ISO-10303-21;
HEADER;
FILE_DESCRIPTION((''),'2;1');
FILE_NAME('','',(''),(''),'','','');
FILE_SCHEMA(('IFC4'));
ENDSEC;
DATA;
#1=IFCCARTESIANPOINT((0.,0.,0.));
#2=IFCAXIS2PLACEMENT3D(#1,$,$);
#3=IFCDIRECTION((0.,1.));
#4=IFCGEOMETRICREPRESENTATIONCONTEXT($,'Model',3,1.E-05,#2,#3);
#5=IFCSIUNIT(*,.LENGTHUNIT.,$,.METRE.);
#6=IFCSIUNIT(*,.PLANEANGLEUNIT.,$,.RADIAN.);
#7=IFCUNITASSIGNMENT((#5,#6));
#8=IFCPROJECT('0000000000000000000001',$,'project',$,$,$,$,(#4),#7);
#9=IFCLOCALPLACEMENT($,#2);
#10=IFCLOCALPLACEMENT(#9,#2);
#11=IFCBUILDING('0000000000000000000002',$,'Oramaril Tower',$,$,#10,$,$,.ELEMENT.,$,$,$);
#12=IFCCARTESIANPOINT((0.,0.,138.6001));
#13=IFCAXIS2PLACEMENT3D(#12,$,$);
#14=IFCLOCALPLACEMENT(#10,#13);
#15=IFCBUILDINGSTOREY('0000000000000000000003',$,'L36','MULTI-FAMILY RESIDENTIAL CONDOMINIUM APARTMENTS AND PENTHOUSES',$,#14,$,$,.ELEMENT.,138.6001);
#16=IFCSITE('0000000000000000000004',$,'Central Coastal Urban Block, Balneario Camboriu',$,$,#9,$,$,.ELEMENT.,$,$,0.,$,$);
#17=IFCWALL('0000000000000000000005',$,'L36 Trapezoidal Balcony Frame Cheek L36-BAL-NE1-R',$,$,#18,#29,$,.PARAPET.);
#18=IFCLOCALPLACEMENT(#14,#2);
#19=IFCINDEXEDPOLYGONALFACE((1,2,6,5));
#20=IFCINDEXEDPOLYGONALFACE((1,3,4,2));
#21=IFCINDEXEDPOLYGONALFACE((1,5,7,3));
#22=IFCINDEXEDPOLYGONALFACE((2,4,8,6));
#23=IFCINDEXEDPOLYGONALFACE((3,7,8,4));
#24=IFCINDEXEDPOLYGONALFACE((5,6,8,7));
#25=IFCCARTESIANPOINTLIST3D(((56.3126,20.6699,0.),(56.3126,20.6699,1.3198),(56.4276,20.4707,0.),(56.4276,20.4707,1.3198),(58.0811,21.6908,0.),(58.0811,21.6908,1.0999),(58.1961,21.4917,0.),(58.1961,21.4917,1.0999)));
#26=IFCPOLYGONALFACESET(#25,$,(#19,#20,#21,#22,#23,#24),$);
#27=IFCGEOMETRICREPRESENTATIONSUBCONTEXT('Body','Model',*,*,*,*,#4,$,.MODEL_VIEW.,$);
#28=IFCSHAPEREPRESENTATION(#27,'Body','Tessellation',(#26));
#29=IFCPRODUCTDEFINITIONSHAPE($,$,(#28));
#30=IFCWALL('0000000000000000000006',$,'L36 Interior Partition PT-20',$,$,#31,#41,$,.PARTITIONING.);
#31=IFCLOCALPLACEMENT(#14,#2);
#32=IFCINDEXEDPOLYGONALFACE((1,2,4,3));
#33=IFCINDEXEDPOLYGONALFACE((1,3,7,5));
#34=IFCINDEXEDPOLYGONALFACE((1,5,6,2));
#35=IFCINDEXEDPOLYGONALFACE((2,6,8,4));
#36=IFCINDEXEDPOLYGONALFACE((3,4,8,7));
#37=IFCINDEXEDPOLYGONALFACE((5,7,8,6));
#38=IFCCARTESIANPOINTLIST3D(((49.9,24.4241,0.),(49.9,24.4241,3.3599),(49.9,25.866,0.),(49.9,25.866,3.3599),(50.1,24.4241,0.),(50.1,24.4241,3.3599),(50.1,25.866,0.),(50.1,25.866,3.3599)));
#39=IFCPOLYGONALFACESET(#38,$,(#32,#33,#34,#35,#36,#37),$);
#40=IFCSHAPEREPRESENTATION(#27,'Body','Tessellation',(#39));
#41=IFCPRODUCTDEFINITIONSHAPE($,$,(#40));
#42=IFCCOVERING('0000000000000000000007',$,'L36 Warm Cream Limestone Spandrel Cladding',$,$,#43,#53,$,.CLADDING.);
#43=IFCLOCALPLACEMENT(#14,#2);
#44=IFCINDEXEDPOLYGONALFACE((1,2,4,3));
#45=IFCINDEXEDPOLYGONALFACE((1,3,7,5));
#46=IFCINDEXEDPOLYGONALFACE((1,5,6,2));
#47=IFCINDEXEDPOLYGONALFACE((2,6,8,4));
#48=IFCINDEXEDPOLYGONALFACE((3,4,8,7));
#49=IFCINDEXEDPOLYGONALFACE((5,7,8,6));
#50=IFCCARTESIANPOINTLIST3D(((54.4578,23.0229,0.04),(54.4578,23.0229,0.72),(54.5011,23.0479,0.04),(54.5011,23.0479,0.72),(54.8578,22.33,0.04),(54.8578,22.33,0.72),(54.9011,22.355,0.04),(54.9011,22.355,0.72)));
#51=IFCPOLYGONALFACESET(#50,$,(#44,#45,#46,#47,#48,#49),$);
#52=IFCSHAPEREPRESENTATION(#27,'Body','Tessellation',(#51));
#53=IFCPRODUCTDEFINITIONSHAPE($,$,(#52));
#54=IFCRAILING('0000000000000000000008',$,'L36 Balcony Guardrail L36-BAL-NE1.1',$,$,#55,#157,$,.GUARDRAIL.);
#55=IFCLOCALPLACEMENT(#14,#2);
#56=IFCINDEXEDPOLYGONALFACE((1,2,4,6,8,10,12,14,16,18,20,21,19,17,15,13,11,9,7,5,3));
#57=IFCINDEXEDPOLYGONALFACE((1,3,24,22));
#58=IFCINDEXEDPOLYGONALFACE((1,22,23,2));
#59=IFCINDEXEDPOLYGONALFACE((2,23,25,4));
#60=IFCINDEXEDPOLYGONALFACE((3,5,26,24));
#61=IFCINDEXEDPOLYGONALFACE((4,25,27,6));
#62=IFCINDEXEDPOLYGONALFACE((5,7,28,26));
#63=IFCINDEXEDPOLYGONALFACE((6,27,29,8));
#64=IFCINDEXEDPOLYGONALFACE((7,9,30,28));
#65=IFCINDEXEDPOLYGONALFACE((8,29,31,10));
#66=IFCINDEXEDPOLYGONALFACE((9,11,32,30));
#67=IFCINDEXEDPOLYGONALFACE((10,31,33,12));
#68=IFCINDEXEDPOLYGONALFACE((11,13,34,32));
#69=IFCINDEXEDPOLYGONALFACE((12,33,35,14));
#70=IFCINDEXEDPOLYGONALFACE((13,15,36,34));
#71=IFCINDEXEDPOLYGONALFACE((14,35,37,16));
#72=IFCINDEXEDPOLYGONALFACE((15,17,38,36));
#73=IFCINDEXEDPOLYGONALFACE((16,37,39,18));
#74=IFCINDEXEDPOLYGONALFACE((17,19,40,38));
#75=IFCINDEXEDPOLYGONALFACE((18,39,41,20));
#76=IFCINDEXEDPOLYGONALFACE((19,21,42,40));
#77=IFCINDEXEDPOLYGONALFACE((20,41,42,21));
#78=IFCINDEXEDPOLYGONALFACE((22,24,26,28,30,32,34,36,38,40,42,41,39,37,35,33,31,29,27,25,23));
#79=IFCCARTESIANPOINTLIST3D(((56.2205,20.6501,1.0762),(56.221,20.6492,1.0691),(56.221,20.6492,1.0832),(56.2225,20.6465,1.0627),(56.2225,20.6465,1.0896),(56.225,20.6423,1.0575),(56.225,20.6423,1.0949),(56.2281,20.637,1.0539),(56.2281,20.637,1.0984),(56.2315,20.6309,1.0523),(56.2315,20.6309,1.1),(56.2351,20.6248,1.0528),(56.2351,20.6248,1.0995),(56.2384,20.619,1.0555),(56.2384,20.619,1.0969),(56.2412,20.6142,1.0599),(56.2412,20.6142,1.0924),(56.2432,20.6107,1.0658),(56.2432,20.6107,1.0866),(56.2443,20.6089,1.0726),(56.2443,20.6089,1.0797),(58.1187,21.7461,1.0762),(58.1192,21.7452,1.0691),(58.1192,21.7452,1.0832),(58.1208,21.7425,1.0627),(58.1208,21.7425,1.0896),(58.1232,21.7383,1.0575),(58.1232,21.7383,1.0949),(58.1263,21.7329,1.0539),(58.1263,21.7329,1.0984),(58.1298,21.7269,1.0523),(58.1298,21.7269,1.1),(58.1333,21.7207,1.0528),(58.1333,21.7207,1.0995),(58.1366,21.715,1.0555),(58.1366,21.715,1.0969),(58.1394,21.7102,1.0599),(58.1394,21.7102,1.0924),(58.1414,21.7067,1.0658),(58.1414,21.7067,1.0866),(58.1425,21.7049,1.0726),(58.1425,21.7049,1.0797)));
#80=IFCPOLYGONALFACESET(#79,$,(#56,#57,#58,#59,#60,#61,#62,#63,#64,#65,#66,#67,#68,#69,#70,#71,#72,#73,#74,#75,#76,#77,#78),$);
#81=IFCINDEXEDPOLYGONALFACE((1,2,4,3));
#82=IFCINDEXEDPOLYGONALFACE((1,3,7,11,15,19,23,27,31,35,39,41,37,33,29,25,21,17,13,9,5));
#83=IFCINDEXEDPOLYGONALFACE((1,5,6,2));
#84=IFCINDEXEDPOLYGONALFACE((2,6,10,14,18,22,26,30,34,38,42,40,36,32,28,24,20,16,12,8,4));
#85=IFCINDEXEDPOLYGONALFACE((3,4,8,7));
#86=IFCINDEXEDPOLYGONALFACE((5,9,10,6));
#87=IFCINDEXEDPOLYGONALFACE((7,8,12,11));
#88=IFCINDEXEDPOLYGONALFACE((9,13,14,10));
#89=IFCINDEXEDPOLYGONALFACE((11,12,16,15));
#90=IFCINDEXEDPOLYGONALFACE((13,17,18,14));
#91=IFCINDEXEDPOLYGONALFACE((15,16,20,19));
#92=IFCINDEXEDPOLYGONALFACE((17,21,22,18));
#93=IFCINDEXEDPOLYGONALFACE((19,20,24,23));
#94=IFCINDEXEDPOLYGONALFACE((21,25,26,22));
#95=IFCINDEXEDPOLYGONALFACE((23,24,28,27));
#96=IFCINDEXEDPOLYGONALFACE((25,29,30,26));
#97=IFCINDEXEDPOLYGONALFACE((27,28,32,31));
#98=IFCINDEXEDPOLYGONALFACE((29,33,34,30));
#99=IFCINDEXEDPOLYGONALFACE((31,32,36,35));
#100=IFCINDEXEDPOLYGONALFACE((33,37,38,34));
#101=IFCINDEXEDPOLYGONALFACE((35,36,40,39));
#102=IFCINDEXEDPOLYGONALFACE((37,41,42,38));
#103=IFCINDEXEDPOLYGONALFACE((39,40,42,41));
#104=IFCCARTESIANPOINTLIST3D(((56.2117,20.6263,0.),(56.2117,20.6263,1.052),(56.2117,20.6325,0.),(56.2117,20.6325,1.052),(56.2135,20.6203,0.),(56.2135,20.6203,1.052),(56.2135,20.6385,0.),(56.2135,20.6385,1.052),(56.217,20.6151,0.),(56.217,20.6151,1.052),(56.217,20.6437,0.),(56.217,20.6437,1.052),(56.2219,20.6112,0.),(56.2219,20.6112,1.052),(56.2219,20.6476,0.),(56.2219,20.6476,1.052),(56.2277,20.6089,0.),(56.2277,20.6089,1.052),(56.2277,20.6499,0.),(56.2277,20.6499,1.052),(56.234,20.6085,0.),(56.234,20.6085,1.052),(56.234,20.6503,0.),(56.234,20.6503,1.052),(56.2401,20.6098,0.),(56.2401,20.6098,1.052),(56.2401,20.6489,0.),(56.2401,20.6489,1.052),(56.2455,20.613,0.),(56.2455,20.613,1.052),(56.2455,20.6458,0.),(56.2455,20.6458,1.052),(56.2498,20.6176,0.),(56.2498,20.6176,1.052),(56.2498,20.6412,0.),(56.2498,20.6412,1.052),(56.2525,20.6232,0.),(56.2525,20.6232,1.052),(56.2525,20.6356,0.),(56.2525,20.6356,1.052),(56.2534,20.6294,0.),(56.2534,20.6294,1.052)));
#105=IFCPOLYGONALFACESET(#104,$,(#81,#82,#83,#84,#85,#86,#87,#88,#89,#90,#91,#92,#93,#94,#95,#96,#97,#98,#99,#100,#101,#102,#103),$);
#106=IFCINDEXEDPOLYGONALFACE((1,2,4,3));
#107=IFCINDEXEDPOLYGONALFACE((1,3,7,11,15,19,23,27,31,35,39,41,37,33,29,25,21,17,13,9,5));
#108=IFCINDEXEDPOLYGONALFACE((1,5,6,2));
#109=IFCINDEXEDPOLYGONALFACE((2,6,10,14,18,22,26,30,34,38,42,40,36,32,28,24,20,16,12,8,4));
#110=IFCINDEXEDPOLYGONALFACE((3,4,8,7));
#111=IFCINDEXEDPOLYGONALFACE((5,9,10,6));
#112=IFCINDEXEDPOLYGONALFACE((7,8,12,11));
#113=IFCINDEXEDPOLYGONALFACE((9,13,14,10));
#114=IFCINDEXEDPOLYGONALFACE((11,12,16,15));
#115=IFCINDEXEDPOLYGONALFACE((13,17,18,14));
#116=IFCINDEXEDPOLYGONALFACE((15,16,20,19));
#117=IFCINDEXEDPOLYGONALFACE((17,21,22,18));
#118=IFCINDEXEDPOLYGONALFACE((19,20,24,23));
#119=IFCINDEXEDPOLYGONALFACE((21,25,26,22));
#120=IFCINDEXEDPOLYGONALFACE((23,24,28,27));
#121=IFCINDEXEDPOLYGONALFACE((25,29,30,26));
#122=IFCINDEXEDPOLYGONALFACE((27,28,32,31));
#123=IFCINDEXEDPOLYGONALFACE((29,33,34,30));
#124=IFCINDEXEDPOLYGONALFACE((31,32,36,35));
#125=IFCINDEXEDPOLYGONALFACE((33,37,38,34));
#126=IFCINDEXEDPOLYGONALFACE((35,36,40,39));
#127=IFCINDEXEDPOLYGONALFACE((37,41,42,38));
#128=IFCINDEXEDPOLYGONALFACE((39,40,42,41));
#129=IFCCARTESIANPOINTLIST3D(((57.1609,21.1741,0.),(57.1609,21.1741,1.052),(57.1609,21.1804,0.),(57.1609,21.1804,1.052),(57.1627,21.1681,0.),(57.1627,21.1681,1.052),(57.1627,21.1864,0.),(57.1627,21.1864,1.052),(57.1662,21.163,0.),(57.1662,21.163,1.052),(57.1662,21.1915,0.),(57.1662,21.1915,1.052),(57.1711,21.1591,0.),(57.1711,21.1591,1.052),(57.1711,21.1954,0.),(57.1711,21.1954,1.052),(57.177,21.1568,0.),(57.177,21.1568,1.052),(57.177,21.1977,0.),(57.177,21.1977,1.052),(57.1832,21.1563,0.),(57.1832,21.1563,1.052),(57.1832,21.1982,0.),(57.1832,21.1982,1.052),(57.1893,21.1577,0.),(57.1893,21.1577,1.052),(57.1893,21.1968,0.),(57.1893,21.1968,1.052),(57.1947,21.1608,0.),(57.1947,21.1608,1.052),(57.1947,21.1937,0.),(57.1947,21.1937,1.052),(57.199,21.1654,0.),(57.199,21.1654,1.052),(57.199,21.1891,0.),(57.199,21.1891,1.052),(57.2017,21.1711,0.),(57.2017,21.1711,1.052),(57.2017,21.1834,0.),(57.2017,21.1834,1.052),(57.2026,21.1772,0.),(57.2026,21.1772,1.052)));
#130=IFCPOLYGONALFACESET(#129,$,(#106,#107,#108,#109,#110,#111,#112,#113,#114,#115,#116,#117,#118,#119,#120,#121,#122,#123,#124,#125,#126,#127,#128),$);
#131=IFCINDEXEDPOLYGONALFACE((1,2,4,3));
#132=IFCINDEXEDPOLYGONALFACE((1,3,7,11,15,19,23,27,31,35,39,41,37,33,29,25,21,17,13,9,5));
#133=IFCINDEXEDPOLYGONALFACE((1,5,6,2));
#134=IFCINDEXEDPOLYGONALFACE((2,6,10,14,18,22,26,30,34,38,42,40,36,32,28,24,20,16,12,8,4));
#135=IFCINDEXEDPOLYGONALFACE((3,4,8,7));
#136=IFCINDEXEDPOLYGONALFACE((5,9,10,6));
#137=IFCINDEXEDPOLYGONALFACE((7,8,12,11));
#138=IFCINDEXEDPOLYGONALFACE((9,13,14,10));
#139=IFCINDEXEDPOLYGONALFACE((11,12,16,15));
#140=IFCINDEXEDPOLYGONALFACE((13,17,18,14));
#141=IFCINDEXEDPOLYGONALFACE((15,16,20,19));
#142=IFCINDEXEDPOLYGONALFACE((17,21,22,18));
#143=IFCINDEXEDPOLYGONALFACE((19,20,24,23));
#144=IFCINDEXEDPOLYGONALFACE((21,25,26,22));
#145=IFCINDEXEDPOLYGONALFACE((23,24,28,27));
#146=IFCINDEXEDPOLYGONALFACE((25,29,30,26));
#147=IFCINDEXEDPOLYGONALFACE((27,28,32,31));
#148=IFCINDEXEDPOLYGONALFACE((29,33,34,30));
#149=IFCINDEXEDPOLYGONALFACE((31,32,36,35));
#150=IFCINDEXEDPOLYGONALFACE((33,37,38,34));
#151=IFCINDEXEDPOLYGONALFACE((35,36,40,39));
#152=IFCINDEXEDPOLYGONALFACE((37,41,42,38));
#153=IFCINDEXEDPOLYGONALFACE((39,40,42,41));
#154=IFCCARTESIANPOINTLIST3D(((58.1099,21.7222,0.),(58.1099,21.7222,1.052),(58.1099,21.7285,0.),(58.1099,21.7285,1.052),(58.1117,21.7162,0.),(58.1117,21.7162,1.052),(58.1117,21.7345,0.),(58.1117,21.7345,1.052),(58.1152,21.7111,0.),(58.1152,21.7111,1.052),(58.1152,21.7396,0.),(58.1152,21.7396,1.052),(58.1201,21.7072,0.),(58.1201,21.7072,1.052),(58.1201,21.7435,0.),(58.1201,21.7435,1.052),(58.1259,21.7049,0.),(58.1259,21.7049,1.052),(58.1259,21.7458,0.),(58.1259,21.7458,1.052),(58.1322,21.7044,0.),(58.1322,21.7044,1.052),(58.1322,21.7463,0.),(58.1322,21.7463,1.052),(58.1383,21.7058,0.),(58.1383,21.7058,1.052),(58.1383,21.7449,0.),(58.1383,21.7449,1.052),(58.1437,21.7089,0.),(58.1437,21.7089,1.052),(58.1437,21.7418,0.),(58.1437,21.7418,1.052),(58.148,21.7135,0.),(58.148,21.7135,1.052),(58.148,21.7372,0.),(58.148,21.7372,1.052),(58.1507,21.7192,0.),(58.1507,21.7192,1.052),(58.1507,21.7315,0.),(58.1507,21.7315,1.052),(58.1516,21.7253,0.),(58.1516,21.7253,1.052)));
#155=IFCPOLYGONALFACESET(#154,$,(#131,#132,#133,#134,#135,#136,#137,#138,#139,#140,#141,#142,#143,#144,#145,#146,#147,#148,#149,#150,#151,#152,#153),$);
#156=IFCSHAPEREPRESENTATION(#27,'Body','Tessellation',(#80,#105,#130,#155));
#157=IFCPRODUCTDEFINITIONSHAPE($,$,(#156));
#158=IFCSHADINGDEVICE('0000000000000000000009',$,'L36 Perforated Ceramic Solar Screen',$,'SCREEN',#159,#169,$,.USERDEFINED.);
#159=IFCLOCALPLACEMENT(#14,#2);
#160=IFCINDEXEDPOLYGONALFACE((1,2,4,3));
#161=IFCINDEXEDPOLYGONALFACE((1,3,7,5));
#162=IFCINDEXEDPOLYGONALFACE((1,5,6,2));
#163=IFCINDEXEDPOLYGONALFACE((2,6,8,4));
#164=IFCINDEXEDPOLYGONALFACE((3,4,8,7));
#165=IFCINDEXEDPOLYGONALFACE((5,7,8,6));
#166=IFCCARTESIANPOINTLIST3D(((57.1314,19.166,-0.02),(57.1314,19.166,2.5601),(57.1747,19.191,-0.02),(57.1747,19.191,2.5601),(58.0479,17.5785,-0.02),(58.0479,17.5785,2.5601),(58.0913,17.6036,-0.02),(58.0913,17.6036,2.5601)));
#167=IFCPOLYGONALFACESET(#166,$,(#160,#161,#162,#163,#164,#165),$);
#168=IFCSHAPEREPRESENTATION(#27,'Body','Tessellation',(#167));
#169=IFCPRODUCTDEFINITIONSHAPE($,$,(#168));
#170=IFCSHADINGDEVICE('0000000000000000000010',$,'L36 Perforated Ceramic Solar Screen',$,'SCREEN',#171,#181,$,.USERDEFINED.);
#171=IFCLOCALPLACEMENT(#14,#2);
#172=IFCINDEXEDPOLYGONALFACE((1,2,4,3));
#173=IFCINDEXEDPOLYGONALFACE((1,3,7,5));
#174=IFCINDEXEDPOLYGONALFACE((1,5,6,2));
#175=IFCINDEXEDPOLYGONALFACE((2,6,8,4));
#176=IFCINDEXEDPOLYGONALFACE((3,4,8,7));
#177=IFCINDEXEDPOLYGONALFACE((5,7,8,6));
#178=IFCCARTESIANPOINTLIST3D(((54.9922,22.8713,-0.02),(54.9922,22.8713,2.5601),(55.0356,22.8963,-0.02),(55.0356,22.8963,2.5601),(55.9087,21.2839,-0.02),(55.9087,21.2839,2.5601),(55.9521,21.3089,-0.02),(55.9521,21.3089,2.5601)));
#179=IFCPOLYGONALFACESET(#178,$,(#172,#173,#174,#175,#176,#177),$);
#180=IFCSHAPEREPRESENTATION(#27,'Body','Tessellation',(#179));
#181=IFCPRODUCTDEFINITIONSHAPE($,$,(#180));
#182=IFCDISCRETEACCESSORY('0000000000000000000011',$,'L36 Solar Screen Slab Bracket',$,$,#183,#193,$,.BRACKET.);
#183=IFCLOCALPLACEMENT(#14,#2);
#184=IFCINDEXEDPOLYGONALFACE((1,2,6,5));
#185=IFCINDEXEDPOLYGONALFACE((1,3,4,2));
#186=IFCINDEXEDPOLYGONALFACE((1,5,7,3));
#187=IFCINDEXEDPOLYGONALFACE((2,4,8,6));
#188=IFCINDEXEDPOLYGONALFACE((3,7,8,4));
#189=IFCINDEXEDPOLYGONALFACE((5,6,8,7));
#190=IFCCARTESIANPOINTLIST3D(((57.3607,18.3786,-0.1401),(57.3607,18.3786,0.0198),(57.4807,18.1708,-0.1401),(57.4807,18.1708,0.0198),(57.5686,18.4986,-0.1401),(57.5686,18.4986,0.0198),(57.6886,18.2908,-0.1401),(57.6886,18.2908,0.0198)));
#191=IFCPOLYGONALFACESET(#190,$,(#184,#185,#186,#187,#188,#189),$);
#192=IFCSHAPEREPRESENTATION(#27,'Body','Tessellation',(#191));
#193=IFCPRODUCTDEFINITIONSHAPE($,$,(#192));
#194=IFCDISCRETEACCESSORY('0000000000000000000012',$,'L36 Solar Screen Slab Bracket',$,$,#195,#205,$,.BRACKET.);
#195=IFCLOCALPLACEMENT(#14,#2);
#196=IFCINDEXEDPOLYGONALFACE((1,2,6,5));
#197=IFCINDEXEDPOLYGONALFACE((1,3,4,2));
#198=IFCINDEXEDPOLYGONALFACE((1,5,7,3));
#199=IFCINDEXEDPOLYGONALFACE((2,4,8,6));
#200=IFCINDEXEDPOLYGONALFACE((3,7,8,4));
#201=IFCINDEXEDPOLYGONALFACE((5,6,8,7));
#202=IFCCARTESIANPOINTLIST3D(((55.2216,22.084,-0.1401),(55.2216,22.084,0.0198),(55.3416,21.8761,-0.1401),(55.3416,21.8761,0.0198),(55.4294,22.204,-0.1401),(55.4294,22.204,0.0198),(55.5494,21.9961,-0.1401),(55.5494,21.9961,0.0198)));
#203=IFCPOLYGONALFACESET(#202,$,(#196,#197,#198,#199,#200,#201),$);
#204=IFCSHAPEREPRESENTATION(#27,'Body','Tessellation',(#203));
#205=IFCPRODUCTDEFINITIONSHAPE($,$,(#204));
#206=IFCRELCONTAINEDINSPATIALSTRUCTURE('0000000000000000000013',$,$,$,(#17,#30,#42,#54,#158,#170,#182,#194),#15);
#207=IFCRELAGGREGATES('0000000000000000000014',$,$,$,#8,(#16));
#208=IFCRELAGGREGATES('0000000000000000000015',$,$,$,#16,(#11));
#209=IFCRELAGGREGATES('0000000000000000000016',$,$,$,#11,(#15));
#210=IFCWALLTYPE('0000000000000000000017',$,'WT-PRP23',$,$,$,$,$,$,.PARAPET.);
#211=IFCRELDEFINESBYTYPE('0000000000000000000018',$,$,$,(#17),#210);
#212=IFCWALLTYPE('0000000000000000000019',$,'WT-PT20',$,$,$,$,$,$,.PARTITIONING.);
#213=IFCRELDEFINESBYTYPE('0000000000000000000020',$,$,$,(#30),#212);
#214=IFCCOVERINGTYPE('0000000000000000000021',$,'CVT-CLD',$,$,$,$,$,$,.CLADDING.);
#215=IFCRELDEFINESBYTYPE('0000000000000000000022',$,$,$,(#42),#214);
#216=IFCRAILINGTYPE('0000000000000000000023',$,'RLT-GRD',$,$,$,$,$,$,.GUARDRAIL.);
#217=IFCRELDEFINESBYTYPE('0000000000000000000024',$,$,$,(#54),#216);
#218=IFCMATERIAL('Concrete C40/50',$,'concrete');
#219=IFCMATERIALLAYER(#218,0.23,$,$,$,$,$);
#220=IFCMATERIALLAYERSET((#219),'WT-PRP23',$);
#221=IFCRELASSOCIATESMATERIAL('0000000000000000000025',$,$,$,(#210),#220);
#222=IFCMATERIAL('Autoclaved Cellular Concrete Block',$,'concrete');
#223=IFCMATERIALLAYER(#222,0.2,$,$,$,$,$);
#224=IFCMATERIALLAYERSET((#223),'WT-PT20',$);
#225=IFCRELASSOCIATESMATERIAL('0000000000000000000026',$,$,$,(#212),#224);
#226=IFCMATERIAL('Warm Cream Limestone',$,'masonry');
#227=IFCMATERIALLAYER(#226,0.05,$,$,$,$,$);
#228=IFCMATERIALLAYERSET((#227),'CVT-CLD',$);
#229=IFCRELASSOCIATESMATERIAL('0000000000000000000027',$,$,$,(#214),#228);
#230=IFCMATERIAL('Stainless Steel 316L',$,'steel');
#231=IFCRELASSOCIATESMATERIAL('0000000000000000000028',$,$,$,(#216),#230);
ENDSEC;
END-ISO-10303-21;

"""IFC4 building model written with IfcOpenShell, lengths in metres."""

from ifc_helpers import new_model, si_unit, direction, frame, frame_2d, origin, origin_2d, place, context, subcontext, project, spatial, polyline, rectangle, circle, outline, extrude, material, layer, layer_set, type_object, element, save


model = new_model("IFC4")

# Units and contexts
model_context = context("Model", 3, precision=1e-05, world=origin(), true_north=direction((0.0, 1.0)))
body_context = subcontext(model_context, "Body", "Model", "MODEL_VIEW")
ifc_project = project(units=[si_unit("LENGTHUNIT", "METRE"), si_unit("PLANEANGLEUNIT", "RADIAN")], contexts=[model_context])

# Site, building, storey
site_placement = place(None, origin())
site = spatial("IfcSite", under=ifc_project, at=site_placement, Name="Central Coastal Urban Block, Balneario Camboriu", CompositionType="ELEMENT", RefElevation=0.0)
building_placement = place(site_placement, origin())
building = spatial("IfcBuilding", under=site, at=building_placement, Name="Oramaril Tower", CompositionType="ELEMENT")
storey_placement = place(building_placement, frame((0.0, 0.0, 138.6001)))
storey = spatial("IfcBuildingStorey", under=building, at=storey_placement, Name="L36", Description="MULTI-FAMILY RESIDENTIAL CONDOMINIUM APARTMENTS AND PENTHOUSES", CompositionType="ELEMENT", Elevation=138.6001)

# Wall
ifc_material_1 = material(Name="Concrete C40/50", Category="concrete")
ifc_layer_1 = layer(ifc_material_1, 0.23)
ifc_layer_set_1 = layer_set([ifc_layer_1], Name="WT-PRP23")
wall_type_1 = type_object("IfcWallType", Name="WT-PRP23", PredefinedType="PARAPET", material=ifc_layer_set_1)
wall_1_placement = place(storey_placement, frame((56.3701, 20.5703, 0.0), z_axis=(0.0, 0.0, 1.0), x_axis=(0.866042, 0.499971, 0.0)))
element("IfcWall", 1, at=wall_1_placement, inside=storey, type_object=wall_type_1, Name="L36 Trapezoidal Balcony Frame Cheek L36-BAL-NE1-R", PredefinedType="PARAPET", context=body_context, shape_type="SweptSolid", body=[
    extrude(outline(polyline([(0.0, 0.0), (2.042, 0.0), (2.042, 1.0999), (0.0, 1.3198), (0.0, 0.0)])), frame((0.0, 0.115, 0.0), z_axis=(0.0, -1.0, 0.0), x_axis=(1.0, 0.0, 0.0)), (0.0, 0.0, 1.0), 0.23),
])

# Shared definitions
ifc_material_2 = material(Name="Autoclaved Cellular Concrete Block", Category="concrete")
ifc_layer_2 = layer(ifc_material_2, 0.2)
ifc_layer_set_2 = layer_set([ifc_layer_2], Name="WT-PT20")
wall_type_2 = type_object("IfcWallType", Name="WT-PT20", PredefinedType="PARTITIONING", material=ifc_layer_set_2)

# Wall
wall_2_placement = place(storey_placement, frame((50.0, 24.4241, 0.0), z_axis=(0.0, 0.0, 1.0), x_axis=(0.0, 1.0, 0.0)))
element("IfcWall", 2, at=wall_2_placement, inside=storey, type_object=wall_type_2, Name="L36 Interior Partition PT-20", PredefinedType="PARTITIONING", context=body_context, shape_type="SweptSolid", body=[
    extrude(rectangle(XDim=1.4419, YDim=0.2, at=frame_2d((0.7209, 0.0))), origin(), (0.0, 0.0, 1.0), 3.3599),
])

# Covering
ifc_material_3 = material(Name="Warm Cream Limestone", Category="masonry")
ifc_layer_3 = layer(ifc_material_3, 0.05)
ifc_layer_set_3 = layer_set([ifc_layer_3], Name="CVT-CLD")
covering_type = type_object("IfcCoveringType", Name="CVT-CLD", PredefinedType="CLADDING", material=ifc_layer_set_3)
covering_placement = place(storey_placement, frame((54.6794, 22.689, 0.04), z_axis=(0.0, 0.0, 1.0), x_axis=(-0.5, 0.866025, 0.0)))
element("IfcCovering", 3, at=covering_placement, inside=storey, type_object=covering_type, Name="L36 Warm Cream Limestone Spandrel Cladding", PredefinedType="CLADDING", context=body_context, shape_type="SweptSolid", body=[
    extrude(rectangle(XDim=0.8, YDim=0.05, at=origin_2d()), origin(), (0.0, 0.0, 1.0), 0.6799),
])

# Railing
ifc_material_4 = material(Name="Stainless Steel 316L", Category="steel")
railing_type = type_object("IfcRailingType", Name="RLT-GRD", PredefinedType="GUARDRAIL", material=ifc_material_4)
railing_1_placement = place(storey_placement, frame((56.2324, 20.6294, 0.0)))
element("IfcRailing", 4, at=railing_1_placement, inside=storey, type_object=railing_type, Name="L36 Balcony Guardrail L36-BAL-NE1.1", PredefinedType="GUARDRAIL", context=body_context, shape_type="SweptSolid", body=[
    extrude(circle(Radius=0.0239, at=origin_2d()), frame((0.0, 0.0, 1.0762), z_axis=(0.866021, 0.500008, 0.0), x_axis=(-0.500008, 0.866021, 0.0)), (0.0, 0.0, 1.0), 2.1919),
    extrude(circle(Radius=0.021, at=origin_2d()), origin(), (0.0, 0.0, 1.0), 1.052),
    extrude(circle(Radius=0.021, at=origin_2d()), frame((0.9492, 0.5479, 0.0)), (0.0, 0.0, 1.0), 1.052),
    extrude(circle(Radius=0.021, at=origin_2d()), frame((1.8982, 1.0959, 0.0)), (0.0, 0.0, 1.0), 1.052),
])

# Shading devices
for number, where, z_axis, x_axis, name in (
    (5, (57.6113, 18.3848, -0.02), (0.0, 0.0, 1.0), (-0.5, 0.866025, 0.0), "L36 Perforated Ceramic Solar Screen"),
    (6, (55.4722, 22.0901, -0.02), (0.0, 0.0, 1.0), (-0.5, 0.866025, 0.0), "L36 Perforated Ceramic Solar Screen"),
):
    element("IfcShadingDevice", number, at=place(storey_placement, frame(where, z_axis=z_axis, x_axis=x_axis)), inside=storey, Name=name, ObjectType="SCREEN", PredefinedType="USERDEFINED", context=body_context, shape_type="SweptSolid", body=[
        extrude(rectangle(XDim=1.833, YDim=0.05, at=origin_2d()), origin(), (0.0, 0.0, 1.0), 2.5801),
    ])

# Discrete accessories
for number, where, z_axis, x_axis, name in (
    (7, (57.5247, 18.3347, -0.1401), (0.0, 0.0, 1.0), (-0.5, 0.866025, 0.0), "L36 Solar Screen Slab Bracket"),
    (8, (55.3855, 22.04, -0.1401), (0.0, 0.0, 1.0), (-0.5, 0.866025, 0.0), "L36 Solar Screen Slab Bracket"),
):
    element("IfcDiscreteAccessory", number, at=place(storey_placement, frame(where, z_axis=z_axis, x_axis=x_axis)), inside=storey, Name=name, PredefinedType="BRACKET", context=body_context, shape_type="SweptSolid", body=[
        extrude(rectangle(XDim=0.24, YDim=0.24, at=origin_2d()), origin(), (0.0, 0.0, 1.0), 0.1599),
    ])

save(model, "model.ifc")
